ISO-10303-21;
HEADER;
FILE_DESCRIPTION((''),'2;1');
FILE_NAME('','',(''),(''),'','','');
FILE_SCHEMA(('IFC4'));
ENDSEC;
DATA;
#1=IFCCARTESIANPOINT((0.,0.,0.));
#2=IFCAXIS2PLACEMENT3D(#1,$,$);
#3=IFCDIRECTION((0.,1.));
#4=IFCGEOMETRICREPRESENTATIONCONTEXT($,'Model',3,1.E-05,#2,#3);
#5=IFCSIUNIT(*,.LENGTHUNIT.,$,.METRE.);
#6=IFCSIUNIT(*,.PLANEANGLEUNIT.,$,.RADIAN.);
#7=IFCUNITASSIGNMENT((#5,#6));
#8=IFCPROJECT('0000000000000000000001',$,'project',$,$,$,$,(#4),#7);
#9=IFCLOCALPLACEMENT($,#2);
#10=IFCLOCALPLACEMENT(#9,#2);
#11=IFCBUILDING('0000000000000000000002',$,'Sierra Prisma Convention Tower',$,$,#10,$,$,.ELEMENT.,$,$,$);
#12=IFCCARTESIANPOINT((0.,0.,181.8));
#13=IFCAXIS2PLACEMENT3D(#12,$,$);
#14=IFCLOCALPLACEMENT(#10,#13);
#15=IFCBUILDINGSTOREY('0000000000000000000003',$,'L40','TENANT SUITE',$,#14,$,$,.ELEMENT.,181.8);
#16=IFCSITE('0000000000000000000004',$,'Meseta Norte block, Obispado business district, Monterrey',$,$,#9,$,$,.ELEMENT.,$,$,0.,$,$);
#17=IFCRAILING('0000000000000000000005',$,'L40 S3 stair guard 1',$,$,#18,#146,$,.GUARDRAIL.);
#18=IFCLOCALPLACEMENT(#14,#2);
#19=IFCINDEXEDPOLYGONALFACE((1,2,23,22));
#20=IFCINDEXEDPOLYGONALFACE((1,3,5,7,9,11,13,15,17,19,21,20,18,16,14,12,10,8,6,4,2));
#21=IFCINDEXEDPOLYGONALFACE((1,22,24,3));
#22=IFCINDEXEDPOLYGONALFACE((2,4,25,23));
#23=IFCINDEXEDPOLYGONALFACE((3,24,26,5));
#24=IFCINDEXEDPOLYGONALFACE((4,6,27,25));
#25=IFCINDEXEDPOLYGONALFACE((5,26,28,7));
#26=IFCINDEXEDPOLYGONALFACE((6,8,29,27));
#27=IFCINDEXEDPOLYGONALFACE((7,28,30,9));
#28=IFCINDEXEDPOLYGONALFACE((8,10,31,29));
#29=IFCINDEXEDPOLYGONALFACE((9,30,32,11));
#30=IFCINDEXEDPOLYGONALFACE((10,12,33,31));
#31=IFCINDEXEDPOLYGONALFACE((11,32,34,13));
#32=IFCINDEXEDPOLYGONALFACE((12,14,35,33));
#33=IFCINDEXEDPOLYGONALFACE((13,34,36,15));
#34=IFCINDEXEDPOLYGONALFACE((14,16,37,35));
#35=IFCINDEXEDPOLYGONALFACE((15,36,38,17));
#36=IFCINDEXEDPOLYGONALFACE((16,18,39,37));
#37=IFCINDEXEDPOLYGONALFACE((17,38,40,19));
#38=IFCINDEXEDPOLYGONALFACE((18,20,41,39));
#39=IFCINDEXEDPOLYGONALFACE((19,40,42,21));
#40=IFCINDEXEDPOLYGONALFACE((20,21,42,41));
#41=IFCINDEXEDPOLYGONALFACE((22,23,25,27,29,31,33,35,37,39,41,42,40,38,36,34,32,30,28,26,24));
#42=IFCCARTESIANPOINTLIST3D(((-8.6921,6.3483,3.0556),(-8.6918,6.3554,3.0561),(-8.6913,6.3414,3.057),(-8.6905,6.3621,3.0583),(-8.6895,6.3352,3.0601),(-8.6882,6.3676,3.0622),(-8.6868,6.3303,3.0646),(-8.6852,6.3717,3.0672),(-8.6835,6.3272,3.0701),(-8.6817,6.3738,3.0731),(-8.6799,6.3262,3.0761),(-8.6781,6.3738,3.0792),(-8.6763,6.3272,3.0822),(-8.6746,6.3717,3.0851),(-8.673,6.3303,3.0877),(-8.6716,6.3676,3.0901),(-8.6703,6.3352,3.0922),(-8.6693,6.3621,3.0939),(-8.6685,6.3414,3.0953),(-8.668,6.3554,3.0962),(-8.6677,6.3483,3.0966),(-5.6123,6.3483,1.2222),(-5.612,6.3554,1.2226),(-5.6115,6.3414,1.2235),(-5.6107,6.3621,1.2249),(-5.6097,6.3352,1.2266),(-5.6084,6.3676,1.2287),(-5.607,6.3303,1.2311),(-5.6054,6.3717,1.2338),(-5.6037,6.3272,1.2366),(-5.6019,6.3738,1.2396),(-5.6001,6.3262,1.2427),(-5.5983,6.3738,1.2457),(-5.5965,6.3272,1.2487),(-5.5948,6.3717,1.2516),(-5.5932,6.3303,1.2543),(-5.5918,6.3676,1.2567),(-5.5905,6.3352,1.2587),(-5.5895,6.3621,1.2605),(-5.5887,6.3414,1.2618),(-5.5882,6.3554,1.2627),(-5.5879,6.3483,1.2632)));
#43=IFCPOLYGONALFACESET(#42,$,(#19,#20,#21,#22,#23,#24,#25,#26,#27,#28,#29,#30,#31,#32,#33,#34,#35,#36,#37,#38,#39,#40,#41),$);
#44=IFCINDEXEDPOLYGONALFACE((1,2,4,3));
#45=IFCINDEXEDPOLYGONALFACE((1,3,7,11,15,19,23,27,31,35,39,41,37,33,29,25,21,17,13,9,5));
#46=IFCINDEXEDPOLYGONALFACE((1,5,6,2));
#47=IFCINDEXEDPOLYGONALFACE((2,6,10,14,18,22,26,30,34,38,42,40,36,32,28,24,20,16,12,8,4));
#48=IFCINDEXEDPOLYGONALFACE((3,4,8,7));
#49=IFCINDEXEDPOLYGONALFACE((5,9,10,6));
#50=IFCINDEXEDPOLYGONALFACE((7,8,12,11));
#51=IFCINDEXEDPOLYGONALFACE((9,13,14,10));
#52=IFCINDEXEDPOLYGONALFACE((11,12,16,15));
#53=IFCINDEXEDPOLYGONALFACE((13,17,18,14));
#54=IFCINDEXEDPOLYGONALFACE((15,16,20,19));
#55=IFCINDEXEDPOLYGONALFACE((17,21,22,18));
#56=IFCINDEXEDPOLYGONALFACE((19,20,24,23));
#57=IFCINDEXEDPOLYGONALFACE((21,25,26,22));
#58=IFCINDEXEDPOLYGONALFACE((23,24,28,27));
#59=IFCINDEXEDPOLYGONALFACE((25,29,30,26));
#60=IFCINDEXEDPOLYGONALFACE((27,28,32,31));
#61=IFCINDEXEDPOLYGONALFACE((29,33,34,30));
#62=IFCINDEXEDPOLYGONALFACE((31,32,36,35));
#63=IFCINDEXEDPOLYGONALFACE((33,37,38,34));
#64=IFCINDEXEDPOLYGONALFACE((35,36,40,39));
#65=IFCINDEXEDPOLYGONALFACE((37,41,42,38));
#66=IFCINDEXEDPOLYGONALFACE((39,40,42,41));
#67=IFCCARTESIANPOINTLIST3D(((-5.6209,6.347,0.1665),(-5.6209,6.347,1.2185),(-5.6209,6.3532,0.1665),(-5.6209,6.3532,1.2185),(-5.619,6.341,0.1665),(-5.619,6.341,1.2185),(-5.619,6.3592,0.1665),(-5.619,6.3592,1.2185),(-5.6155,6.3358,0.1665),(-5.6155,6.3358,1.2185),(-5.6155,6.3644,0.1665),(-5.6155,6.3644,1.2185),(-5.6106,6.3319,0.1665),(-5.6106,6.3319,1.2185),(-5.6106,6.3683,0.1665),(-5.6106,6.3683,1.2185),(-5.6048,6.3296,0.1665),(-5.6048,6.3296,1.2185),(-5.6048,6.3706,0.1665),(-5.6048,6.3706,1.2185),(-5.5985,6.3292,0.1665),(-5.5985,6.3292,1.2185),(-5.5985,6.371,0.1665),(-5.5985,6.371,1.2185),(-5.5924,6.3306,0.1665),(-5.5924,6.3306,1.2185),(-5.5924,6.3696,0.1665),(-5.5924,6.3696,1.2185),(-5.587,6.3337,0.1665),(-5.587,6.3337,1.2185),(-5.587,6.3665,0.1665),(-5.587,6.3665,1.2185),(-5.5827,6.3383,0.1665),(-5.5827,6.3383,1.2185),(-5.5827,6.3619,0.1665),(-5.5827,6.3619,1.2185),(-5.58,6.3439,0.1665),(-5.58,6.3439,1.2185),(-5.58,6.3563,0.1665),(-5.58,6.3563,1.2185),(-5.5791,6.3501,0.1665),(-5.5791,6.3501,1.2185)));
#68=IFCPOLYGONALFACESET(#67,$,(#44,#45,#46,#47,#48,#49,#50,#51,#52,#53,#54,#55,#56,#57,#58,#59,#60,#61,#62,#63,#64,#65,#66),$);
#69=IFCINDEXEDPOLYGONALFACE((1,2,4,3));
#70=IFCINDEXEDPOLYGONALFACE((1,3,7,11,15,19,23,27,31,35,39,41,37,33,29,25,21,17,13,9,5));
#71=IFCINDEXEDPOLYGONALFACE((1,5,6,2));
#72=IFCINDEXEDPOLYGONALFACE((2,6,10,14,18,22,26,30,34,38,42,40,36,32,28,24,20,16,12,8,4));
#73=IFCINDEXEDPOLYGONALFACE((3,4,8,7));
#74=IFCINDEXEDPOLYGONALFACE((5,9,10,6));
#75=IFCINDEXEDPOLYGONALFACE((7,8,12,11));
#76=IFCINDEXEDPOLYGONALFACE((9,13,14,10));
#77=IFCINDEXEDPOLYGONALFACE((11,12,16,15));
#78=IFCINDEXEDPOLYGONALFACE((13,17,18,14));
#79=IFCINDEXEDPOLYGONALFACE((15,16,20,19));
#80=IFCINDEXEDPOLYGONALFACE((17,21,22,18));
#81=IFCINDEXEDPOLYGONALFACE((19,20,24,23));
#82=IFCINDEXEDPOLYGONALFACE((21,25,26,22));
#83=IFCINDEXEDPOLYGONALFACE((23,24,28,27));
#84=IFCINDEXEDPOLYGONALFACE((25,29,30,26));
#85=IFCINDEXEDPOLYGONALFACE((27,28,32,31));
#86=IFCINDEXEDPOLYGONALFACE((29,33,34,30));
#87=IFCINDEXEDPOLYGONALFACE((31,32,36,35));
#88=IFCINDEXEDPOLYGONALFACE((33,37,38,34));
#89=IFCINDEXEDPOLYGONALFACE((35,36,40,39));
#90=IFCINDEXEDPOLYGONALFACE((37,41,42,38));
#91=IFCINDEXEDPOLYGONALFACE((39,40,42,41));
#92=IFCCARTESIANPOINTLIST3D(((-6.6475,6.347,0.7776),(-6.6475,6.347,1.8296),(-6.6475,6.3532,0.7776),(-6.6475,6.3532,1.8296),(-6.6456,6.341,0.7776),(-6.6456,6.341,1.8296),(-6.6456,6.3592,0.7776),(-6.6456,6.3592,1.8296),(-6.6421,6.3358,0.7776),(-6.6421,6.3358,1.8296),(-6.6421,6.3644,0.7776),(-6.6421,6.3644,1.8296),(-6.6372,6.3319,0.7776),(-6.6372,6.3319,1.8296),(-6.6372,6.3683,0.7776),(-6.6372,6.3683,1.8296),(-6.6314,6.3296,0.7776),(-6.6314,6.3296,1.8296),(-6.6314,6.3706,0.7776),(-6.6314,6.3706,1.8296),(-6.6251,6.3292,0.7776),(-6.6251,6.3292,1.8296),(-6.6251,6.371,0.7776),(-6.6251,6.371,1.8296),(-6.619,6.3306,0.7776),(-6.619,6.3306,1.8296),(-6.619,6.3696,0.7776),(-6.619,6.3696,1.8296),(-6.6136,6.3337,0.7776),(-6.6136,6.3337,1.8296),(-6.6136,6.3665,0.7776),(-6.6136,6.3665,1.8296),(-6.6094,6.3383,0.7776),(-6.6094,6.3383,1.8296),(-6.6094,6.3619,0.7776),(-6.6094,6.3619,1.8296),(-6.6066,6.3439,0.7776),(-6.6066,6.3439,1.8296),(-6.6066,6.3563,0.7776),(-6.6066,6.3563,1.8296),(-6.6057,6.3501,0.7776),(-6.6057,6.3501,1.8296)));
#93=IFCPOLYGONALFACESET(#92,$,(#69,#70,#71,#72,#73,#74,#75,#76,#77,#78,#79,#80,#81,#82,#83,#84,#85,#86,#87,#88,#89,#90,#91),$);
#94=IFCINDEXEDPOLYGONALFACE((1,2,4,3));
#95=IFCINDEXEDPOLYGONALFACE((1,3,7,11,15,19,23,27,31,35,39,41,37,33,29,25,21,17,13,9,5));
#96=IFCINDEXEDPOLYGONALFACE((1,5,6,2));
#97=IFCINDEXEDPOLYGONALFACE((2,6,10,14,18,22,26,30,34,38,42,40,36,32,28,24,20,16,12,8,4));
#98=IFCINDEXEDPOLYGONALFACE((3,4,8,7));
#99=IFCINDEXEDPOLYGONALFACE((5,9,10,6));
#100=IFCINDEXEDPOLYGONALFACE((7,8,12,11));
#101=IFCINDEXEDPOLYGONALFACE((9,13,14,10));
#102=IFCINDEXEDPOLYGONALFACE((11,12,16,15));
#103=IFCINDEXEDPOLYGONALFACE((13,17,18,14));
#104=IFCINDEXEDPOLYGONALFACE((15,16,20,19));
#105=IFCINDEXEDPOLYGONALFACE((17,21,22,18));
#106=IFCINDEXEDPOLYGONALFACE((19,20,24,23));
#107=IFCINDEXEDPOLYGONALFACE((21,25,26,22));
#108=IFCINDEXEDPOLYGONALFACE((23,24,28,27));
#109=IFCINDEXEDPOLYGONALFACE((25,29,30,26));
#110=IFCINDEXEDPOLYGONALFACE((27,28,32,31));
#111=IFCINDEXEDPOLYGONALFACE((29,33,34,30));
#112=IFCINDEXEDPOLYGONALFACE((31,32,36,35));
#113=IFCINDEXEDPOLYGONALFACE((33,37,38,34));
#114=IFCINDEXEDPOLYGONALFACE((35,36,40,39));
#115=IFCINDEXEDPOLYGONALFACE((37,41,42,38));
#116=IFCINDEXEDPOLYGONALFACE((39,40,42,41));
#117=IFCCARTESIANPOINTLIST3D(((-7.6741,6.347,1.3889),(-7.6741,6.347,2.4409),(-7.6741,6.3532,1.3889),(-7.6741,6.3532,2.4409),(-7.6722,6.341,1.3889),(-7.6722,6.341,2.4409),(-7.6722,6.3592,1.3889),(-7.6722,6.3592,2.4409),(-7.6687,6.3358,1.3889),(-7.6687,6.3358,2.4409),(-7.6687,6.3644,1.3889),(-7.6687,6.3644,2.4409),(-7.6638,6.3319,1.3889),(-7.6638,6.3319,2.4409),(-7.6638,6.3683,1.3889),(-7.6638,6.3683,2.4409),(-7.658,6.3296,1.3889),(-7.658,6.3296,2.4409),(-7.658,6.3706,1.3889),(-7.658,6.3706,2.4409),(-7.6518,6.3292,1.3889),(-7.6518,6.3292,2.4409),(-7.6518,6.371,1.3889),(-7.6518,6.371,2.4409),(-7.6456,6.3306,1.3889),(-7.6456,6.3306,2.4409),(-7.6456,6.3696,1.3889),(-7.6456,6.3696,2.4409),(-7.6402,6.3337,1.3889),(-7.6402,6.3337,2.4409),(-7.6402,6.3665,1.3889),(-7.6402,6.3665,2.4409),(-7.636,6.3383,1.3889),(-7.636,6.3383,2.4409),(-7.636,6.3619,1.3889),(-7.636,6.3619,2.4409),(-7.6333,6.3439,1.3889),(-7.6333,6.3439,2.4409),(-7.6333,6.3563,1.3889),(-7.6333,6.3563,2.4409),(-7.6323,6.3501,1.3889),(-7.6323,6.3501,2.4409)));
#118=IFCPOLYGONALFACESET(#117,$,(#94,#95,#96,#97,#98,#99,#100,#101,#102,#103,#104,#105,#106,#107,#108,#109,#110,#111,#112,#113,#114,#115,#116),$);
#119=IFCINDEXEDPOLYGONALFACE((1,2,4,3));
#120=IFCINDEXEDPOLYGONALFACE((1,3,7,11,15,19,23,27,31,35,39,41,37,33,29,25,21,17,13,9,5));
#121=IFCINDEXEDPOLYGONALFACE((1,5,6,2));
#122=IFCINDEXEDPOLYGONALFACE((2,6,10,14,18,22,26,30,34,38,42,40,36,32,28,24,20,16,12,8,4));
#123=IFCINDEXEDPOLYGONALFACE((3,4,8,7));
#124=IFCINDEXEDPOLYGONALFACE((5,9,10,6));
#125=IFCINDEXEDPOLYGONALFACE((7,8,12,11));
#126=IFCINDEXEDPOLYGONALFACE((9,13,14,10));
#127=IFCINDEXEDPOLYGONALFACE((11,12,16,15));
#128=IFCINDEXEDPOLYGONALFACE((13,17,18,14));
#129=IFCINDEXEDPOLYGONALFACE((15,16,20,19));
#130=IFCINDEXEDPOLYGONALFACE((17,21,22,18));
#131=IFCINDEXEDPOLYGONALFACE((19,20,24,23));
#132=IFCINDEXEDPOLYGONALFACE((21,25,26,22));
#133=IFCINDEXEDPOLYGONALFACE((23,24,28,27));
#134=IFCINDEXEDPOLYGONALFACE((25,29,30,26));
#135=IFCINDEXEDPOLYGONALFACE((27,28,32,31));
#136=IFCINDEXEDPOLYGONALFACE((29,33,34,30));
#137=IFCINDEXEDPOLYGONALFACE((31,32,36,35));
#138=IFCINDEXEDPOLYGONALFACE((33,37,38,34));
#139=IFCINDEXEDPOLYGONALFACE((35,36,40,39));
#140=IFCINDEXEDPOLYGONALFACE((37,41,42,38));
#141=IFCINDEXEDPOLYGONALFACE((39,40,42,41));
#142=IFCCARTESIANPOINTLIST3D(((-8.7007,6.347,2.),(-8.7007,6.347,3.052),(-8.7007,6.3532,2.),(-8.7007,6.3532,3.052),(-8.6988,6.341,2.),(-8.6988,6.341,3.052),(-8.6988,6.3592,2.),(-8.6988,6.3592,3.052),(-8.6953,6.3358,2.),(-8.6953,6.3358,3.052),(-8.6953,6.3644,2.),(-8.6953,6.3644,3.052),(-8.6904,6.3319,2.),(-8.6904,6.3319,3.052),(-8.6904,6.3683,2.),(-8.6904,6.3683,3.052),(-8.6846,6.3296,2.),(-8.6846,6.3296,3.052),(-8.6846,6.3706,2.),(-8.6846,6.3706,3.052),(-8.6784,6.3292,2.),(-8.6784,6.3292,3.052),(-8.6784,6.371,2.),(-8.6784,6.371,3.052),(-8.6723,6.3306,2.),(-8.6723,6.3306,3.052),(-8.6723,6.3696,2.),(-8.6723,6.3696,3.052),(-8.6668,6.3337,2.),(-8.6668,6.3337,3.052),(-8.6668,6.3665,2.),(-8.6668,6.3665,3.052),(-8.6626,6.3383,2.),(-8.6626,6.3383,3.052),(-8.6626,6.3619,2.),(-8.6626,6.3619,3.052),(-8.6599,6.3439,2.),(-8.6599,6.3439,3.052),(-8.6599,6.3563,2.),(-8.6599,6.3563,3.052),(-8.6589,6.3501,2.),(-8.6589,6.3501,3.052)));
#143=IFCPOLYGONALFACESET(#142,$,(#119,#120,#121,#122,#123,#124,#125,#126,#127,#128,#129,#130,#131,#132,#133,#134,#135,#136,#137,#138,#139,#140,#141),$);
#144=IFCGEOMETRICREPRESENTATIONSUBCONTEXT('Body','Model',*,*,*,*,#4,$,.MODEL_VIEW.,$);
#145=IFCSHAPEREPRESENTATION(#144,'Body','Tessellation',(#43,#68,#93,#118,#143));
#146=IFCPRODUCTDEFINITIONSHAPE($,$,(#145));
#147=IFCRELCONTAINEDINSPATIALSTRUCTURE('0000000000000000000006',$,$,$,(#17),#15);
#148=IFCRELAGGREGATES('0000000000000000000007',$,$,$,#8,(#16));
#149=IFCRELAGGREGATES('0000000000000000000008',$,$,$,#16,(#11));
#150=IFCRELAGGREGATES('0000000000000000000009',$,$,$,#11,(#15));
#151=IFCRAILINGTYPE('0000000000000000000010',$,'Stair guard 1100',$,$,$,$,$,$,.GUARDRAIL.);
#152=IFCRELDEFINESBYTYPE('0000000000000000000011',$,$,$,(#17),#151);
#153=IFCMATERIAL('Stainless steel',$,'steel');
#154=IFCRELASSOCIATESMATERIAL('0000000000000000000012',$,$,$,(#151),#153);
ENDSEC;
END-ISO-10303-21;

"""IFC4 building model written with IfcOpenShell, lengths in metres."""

from ifc_helpers import new_model, si_unit, direction, frame, origin, origin_2d, place, context, subcontext, project, spatial, circle, extrude, material, type_object, element, save


model = new_model("IFC4")

# Units and contexts
model_context = context("Model", 3, precision=1e-05, world=origin(), true_north=direction((0.0, 1.0)))
body_context = subcontext(model_context, "Body", "Model", "MODEL_VIEW")
ifc_project = project(units=[si_unit("LENGTHUNIT", "METRE"), si_unit("PLANEANGLEUNIT", "RADIAN")], contexts=[model_context])

# Site, building, storey
site_placement = place(None, origin())
site = spatial("IfcSite", under=ifc_project, at=site_placement, Name="Meseta Norte block, Obispado business district, Monterrey", CompositionType="ELEMENT", RefElevation=0.0)
building_placement = place(site_placement, origin())
building = spatial("IfcBuilding", under=site, at=building_placement, Name="Sierra Prisma Convention Tower", CompositionType="ELEMENT")
storey_placement = place(building_placement, frame((0.0, 0.0, 181.8)))
storey = spatial("IfcBuildingStorey", under=building, at=storey_placement, Name="L40", Description="TENANT SUITE", CompositionType="ELEMENT", Elevation=181.8)

# Railing
ifc_material_1 = material(Name="Stainless steel", Category="steel")
railing_type_1 = type_object("IfcRailingType", Name="Stair guard 1100", PredefinedType="GUARDRAIL", material=ifc_material_1)
railing_1_placement = place(storey_placement, frame((-5.6001, 6.3501, 0.1665)))
element("IfcRailing", 1, at=railing_1_placement, inside=storey, type_object=railing_type_1, Name="L40 S3 stair guard 1", PredefinedType="GUARDRAIL", context=body_context, shape_type="SweptSolid", body=[
    extrude(circle(Radius=0.0239, at=origin_2d()), frame((0.0, 0.0, 1.0762), z_axis=(-0.859261, 0.0, 0.511538), x_axis=(0.0, -1.0, 0.0)), (0.0, 0.0, 1.0), 3.5842),
    extrude(circle(Radius=0.021, at=origin_2d()), origin(), (0.0, 0.0, 1.0), 1.052),
    extrude(circle(Radius=0.021, at=origin_2d()), frame((-1.0266, 0.0, 0.6111)), (0.0, 0.0, 1.0), 1.052),
    extrude(circle(Radius=0.021, at=origin_2d()), frame((-2.0532, 0.0, 1.2224)), (0.0, 0.0, 1.0), 1.052),
    extrude(circle(Radius=0.021, at=origin_2d()), frame((-3.0798, 0.0, 1.8335)), (0.0, 0.0, 1.0), 1.052),
])

save(model, "model.ifc")
